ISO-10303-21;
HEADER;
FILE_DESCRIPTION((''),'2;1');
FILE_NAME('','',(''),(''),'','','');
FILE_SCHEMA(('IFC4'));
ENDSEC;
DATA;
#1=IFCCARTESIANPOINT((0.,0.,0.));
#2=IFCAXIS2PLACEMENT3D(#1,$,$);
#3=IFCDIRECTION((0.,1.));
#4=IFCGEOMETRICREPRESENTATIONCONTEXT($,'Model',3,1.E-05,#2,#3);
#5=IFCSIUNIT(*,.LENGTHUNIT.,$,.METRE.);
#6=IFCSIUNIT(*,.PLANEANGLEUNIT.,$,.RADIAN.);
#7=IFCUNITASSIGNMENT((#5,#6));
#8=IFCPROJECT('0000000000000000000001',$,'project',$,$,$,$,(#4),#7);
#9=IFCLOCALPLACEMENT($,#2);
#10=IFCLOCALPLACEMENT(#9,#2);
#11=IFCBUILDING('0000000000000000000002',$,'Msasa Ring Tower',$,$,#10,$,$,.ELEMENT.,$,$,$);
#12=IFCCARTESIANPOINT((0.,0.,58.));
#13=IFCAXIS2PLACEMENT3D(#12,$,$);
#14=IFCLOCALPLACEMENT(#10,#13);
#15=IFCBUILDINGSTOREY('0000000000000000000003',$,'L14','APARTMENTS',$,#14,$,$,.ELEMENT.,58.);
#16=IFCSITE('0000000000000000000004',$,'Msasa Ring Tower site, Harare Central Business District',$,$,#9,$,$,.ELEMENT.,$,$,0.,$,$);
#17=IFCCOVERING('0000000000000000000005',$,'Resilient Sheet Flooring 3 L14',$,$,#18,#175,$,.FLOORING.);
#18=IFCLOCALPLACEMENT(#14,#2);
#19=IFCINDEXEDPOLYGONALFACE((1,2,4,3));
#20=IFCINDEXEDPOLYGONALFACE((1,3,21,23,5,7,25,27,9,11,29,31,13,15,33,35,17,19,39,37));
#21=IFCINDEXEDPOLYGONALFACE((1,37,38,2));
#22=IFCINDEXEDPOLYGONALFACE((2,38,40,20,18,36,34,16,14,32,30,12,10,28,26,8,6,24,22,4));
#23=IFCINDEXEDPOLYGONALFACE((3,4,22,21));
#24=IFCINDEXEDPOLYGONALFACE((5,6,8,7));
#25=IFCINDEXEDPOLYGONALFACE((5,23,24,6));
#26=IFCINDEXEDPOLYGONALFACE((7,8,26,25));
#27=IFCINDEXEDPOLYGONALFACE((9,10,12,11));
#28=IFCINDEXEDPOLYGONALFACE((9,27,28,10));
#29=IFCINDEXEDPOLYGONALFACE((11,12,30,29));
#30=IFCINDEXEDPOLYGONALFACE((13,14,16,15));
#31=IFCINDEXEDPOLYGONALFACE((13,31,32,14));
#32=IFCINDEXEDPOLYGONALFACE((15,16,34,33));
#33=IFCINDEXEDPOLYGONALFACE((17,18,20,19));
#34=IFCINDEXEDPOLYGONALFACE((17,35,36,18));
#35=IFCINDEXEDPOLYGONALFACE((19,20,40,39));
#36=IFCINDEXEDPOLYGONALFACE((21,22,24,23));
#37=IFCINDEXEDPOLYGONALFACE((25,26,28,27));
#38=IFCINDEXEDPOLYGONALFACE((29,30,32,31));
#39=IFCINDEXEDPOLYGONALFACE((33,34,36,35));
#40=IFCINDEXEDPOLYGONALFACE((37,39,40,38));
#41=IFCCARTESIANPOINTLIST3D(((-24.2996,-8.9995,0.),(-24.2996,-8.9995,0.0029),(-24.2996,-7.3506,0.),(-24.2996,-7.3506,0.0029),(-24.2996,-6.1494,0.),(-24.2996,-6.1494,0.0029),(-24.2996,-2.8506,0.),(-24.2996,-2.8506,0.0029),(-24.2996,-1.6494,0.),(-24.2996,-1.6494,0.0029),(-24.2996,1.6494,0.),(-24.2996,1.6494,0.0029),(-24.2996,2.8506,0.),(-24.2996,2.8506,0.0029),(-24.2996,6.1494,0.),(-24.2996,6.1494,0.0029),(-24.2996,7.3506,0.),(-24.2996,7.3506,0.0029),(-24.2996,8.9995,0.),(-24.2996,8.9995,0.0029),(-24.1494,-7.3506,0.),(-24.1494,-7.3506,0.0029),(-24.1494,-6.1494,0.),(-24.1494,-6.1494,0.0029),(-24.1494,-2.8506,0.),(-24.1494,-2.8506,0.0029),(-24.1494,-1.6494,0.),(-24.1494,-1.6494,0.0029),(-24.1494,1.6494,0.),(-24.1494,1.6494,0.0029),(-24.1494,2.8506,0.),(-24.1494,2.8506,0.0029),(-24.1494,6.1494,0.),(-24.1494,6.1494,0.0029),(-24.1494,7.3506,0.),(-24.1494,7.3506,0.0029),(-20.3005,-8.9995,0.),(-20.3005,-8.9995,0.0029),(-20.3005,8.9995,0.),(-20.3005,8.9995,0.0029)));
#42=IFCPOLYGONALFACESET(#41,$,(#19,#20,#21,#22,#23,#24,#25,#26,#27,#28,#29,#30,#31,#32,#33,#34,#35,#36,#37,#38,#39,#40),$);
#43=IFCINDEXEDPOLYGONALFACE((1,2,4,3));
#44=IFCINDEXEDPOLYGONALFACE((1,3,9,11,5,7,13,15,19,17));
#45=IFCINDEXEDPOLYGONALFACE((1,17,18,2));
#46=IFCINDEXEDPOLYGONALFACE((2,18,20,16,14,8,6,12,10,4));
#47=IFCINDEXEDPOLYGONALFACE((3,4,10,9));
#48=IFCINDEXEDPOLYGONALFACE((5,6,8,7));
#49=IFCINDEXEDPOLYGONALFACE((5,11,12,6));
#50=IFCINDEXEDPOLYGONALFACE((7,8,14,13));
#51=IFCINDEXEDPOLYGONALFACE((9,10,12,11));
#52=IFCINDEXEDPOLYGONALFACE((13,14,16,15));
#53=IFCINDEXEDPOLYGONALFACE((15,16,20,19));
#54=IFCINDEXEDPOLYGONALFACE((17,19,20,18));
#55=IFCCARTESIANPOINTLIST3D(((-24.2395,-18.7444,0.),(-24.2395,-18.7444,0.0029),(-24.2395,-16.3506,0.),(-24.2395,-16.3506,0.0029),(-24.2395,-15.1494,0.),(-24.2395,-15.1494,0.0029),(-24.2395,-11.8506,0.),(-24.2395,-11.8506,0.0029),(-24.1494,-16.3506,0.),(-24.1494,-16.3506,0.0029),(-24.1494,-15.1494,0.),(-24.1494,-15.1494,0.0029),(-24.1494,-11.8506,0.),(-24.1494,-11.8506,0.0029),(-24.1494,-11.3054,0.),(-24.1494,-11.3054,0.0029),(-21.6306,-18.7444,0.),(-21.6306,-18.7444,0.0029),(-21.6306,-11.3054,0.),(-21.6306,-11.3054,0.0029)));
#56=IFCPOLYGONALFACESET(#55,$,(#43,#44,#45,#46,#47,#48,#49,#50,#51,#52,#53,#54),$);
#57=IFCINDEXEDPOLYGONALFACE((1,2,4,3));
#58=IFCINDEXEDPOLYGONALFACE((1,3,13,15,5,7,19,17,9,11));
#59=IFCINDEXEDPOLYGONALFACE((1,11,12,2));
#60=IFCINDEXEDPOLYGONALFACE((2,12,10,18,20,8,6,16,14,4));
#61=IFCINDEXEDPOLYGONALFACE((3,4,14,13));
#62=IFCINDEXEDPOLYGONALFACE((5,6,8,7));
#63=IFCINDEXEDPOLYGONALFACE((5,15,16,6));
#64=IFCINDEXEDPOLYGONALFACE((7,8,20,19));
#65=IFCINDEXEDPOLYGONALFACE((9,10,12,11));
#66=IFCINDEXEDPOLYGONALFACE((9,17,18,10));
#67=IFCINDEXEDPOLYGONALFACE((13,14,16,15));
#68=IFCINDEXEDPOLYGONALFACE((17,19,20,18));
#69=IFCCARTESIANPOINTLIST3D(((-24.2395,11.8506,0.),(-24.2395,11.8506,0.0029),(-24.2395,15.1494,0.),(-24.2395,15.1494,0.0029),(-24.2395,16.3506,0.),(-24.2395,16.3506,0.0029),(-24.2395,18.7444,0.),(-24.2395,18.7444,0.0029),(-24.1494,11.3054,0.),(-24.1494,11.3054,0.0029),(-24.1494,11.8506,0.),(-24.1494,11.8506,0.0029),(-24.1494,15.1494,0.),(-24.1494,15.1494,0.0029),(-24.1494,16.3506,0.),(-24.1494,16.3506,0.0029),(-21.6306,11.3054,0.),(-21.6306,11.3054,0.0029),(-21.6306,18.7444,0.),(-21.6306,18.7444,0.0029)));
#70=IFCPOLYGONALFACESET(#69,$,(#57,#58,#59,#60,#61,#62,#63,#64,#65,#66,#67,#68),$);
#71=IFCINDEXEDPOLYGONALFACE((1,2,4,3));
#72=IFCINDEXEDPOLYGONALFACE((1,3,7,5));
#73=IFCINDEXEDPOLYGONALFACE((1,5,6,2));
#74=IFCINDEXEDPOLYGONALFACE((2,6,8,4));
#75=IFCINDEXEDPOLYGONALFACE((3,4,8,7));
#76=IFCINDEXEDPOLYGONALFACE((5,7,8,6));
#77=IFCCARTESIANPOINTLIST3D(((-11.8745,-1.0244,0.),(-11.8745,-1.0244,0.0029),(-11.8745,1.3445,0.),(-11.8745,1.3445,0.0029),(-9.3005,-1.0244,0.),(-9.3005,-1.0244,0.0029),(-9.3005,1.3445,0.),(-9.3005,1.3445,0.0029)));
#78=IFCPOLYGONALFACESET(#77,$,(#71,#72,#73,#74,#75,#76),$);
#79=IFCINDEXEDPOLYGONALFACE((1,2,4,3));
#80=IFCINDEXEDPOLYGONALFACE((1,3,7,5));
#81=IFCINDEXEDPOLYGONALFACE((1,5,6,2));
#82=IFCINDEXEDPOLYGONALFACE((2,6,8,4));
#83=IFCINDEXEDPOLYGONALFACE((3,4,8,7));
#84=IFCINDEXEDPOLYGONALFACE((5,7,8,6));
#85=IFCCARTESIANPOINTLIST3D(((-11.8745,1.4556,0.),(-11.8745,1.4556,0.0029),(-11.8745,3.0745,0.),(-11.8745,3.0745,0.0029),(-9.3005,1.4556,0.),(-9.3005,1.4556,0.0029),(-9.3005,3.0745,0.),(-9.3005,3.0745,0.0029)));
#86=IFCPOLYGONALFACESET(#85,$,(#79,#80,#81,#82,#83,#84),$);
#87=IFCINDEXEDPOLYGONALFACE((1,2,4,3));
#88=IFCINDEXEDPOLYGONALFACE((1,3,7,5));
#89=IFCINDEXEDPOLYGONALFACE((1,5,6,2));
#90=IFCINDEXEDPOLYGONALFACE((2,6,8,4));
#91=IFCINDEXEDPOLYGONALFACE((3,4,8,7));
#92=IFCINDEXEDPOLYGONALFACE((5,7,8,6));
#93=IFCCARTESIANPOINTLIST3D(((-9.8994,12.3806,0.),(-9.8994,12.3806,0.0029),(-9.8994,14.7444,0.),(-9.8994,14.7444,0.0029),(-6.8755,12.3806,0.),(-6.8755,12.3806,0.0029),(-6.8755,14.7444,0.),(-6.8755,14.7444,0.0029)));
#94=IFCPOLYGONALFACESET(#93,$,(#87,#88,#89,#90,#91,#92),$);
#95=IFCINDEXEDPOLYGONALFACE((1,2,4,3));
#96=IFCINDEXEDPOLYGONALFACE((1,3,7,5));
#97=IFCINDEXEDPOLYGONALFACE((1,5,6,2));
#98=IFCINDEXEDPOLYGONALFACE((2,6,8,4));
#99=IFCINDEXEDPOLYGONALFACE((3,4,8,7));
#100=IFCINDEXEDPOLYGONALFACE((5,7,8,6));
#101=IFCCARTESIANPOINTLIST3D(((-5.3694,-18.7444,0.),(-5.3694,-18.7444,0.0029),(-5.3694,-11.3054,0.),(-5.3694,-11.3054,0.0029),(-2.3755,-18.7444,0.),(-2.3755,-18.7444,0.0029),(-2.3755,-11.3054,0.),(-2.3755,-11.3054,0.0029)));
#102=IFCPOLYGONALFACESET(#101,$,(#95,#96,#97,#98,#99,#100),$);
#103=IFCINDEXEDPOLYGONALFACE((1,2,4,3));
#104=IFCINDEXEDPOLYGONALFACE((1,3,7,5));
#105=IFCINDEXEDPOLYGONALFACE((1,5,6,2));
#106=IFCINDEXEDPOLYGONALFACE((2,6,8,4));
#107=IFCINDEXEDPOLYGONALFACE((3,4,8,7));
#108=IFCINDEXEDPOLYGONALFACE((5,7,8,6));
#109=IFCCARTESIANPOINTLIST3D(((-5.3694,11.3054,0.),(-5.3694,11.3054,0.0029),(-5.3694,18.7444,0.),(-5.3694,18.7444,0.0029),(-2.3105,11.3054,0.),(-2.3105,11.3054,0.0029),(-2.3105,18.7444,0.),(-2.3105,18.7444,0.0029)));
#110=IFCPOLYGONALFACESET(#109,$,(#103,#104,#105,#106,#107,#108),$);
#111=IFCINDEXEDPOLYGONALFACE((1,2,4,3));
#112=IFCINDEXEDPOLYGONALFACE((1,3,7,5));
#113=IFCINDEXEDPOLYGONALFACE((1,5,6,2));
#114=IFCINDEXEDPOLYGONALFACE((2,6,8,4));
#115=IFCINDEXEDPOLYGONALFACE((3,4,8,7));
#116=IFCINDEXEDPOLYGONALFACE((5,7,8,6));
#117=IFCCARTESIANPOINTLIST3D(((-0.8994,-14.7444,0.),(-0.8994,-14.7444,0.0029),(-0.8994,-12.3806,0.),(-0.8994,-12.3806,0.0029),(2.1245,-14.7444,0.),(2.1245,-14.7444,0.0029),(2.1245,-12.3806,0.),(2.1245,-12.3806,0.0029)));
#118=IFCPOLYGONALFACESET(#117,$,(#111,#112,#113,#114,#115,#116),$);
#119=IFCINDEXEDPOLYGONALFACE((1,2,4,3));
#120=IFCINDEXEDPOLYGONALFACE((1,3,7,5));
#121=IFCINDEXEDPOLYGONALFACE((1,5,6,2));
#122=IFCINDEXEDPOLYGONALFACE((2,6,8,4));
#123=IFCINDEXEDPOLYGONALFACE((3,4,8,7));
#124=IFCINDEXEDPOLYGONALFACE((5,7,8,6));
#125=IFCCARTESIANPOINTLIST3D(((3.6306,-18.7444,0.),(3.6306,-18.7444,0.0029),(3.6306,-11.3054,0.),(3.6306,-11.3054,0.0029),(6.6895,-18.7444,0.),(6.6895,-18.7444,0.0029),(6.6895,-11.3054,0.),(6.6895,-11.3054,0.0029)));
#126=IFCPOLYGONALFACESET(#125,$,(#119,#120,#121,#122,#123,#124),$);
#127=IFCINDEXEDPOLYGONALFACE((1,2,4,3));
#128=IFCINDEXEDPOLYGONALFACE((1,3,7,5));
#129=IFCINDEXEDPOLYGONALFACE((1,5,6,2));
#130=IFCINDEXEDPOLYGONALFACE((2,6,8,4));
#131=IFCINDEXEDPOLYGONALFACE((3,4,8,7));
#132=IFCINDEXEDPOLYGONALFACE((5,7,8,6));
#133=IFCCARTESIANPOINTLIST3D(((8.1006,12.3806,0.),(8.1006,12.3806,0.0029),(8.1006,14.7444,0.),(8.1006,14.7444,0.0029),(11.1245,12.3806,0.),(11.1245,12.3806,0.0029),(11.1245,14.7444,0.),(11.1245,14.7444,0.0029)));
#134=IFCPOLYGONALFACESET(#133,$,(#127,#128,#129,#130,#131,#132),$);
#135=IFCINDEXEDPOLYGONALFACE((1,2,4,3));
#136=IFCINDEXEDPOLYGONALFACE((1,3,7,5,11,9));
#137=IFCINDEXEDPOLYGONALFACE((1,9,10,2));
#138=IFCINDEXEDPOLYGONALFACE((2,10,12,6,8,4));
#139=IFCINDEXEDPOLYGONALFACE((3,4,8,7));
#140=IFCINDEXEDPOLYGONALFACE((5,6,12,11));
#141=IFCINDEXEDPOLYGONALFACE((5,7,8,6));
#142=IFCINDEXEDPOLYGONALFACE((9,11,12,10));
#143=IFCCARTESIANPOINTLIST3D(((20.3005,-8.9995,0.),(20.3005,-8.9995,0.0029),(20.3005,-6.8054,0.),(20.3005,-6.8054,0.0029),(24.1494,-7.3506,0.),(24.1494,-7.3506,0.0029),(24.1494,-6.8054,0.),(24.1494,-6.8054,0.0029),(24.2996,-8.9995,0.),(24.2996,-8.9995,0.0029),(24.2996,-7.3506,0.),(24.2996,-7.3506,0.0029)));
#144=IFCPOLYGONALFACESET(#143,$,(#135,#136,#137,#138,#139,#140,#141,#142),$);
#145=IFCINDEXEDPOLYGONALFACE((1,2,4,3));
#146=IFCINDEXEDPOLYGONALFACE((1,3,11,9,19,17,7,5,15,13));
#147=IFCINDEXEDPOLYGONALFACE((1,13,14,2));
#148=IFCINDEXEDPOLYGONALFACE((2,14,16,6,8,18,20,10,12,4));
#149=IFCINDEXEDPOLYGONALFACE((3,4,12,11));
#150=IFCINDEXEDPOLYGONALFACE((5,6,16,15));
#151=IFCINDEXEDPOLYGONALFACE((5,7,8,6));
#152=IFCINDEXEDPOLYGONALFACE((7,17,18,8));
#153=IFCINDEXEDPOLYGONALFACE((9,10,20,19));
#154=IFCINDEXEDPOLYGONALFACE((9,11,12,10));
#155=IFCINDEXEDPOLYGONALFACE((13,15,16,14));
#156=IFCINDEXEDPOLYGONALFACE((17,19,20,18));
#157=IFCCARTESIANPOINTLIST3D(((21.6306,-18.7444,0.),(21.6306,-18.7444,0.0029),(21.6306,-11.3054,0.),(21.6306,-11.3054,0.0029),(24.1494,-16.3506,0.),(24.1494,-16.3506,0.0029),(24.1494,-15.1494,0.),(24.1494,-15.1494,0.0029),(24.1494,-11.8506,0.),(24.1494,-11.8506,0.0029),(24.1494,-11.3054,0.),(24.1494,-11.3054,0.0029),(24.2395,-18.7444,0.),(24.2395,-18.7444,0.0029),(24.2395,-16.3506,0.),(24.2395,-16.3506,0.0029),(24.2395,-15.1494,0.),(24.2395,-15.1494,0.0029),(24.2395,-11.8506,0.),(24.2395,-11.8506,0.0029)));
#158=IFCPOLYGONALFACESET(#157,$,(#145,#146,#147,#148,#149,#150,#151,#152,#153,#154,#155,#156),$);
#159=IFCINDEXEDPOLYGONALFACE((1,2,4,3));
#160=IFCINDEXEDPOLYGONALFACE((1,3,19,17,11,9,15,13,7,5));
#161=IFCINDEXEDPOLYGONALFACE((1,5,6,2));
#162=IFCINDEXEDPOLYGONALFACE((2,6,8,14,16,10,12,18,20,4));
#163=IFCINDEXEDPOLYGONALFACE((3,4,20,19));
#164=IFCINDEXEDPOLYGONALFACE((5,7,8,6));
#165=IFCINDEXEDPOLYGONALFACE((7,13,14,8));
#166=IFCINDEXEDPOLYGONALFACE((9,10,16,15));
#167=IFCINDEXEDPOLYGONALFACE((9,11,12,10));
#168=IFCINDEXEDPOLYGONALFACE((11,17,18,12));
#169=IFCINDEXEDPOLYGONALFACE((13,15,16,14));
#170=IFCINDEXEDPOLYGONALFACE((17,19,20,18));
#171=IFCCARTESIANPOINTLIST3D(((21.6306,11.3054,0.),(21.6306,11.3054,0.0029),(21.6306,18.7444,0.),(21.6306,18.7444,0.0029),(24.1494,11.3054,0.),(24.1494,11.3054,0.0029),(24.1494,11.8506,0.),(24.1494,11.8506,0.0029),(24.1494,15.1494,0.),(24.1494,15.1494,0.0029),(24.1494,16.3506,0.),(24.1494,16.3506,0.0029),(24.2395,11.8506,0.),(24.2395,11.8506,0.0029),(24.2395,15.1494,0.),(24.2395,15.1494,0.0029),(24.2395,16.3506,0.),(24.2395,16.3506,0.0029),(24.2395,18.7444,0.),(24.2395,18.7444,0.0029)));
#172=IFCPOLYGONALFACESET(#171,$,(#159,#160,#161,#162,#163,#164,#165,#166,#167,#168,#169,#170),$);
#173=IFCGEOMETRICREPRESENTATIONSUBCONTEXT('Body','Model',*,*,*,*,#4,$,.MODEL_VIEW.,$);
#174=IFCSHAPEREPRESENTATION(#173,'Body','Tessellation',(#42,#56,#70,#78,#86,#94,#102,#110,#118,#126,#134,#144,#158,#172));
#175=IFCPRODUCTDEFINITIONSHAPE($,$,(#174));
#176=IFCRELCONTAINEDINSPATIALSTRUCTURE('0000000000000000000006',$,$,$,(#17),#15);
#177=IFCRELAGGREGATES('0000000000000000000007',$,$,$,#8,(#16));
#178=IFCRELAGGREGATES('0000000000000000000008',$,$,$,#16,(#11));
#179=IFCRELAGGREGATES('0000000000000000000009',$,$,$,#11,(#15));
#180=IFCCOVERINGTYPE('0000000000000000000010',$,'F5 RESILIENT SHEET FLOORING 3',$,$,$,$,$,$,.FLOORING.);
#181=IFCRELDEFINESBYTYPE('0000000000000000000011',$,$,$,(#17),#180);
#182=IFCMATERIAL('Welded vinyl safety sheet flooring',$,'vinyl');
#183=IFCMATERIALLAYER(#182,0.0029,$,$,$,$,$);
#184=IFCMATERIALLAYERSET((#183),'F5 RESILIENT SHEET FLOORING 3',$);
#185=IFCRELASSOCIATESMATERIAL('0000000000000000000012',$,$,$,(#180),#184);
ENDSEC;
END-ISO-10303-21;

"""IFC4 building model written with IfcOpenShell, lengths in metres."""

from ifc_helpers import new_model, si_unit, direction, frame, origin, place, context, subcontext, project, spatial, line, indexed_curve, outline, extrude, material, layer, layer_set, type_object, element, save


model = new_model("IFC4")

# Units and contexts
model_context = context("Model", 3, precision=1e-05, world=origin(), true_north=direction((0.0, 1.0)))
body_context = subcontext(model_context, "Body", "Model", "MODEL_VIEW")
ifc_project = project(units=[si_unit("LENGTHUNIT", "METRE"), si_unit("PLANEANGLEUNIT", "RADIAN")], contexts=[model_context])

# Site, building, storey
site_placement = place(None, origin())
site = spatial("IfcSite", under=ifc_project, at=site_placement, Name="Msasa Ring Tower site, Harare Central Business District", CompositionType="ELEMENT", RefElevation=0.0)
building_placement = place(site_placement, origin())
building = spatial("IfcBuilding", under=site, at=building_placement, Name="Msasa Ring Tower", CompositionType="ELEMENT")
storey_placement = place(building_placement, frame((0.0, 0.0, 58.0)))
storey = spatial("IfcBuildingStorey", under=building, at=storey_placement, Name="L14", Description="APARTMENTS", CompositionType="ELEMENT", Elevation=58.0)

# Covering
ifc_material_1 = material(Name="Welded vinyl safety sheet flooring", Category="vinyl")
ifc_layer_1 = layer(ifc_material_1, 0.0029)
ifc_layer_set_1 = layer_set([ifc_layer_1], Name="F5 RESILIENT SHEET FLOORING 3")
covering_type_1 = type_object("IfcCoveringType", Name="F5 RESILIENT SHEET FLOORING 3", PredefinedType="FLOORING", material=ifc_layer_set_1)
covering_1_placement = place(storey_placement, origin())
element("IfcCovering", 1, at=covering_1_placement, inside=storey, type_object=covering_type_1, Name="Resilient Sheet Flooring 3 L14", PredefinedType="FLOORING", context=body_context, shape_type="SweptSolid", body=[
    extrude(outline(indexed_curve([(-24.2996, -8.9995), (-24.2996, -7.3506), (-24.1494, -7.3506), (-24.1494, -6.1494), (-24.2996, -6.1494), (-24.2996, -2.8506), (-24.1494, -2.8506), (-24.1494, -1.6494), (-24.2996, -1.6494), (-24.2996, 1.6494), (-24.1494, 1.6494), (-24.1494, 2.8506), (-24.2996, 2.8506), (-24.2996, 6.1494), (-24.1494, 6.1494), (-24.1494, 7.3506), (-24.2996, 7.3506), (-24.2996, 8.9995), (-20.3005, 8.9995), (-20.3005, -8.9995)], segments=[line(1, 2, 3, 4, 5, 6, 7, 8, 9, 10, 11, 12, 13, 14, 15, 16, 17, 18, 19, 20, 1)], self_intersect=False)), origin(), (0.0, 0.0, 1.0), 0.0029),
    extrude(outline(indexed_curve([(-24.2395, -16.3506), (-24.1494, -16.3506), (-24.1494, -15.1494), (-24.2395, -15.1494), (-24.2395, -11.8506), (-24.1494, -11.8506), (-24.1494, -11.3054), (-21.6306, -11.3054), (-21.6306, -18.7444), (-24.2395, -18.7444)], segments=[line(1, 2, 3, 4, 5, 6, 7, 8, 9, 10, 1)], self_intersect=False)), origin(), (0.0, 0.0, 1.0), 0.0029),
    extrude(outline(indexed_curve([(-21.6306, 18.7444), (-21.6306, 11.3054), (-24.1494, 11.3054), (-24.1494, 11.8506), (-24.2395, 11.8506), (-24.2395, 15.1494), (-24.1494, 15.1494), (-24.1494, 16.3506), (-24.2395, 16.3506), (-24.2395, 18.7444)], segments=[line(1, 2, 3, 4, 5, 6, 7, 8, 9, 10, 1)], self_intersect=False)), origin(), (0.0, 0.0, 1.0), 0.0029),
    extrude(outline(indexed_curve([(-9.3005, 1.3445), (-9.3005, -1.0244), (-11.8745, -1.0244), (-11.8745, 1.3445)], segments=[line(1, 2, 3, 4, 1)], self_intersect=False)), origin(), (0.0, 0.0, 1.0), 0.0029),
    extrude(outline(indexed_curve([(-9.3005, 3.0745), (-9.3005, 1.4556), (-11.8745, 1.4556), (-11.8745, 3.0745)], segments=[line(1, 2, 3, 4, 1)], self_intersect=False)), origin(), (0.0, 0.0, 1.0), 0.0029),
    extrude(outline(indexed_curve([(-6.8755, 14.7444), (-6.8755, 12.3806), (-9.8994, 12.3806), (-9.8994, 14.7444)], segments=[line(1, 2, 3, 4, 1)], self_intersect=False)), origin(), (0.0, 0.0, 1.0), 0.0029),
    extrude(outline(indexed_curve([(-5.3694, -11.3054), (-2.3755, -11.3054), (-2.3755, -18.7444), (-5.3694, -18.7444)], segments=[line(1, 2, 3, 4, 1)], self_intersect=False)), origin(), (0.0, 0.0, 1.0), 0.0029),
    extrude(outline(indexed_curve([(-2.3105, 18.7444), (-2.3105, 11.3054), (-5.3694, 11.3054), (-5.3694, 18.7444)], segments=[line(1, 2, 3, 4, 1)], self_intersect=False)), origin(), (0.0, 0.0, 1.0), 0.0029),
    extrude(outline(indexed_curve([(2.1245, -12.3806), (2.1245, -14.7444), (-0.8994, -14.7444), (-0.8994, -12.3806)], segments=[line(1, 2, 3, 4, 1)], self_intersect=False)), origin(), (0.0, 0.0, 1.0), 0.0029),
    extrude(outline(indexed_curve([(6.6895, -11.3054), (6.6895, -18.7444), (3.6306, -18.7444), (3.6306, -11.3054)], segments=[line(1, 2, 3, 4, 1)], self_intersect=False)), origin(), (0.0, 0.0, 1.0), 0.0029),
    extrude(outline(indexed_curve([(11.1245, 14.7444), (11.1245, 12.3806), (8.1006, 12.3806), (8.1006, 14.7444)], segments=[line(1, 2, 3, 4, 1)], self_intersect=False)), origin(), (0.0, 0.0, 1.0), 0.0029),
    extrude(outline(indexed_curve([(20.3005, -6.8054), (24.1494, -6.8054), (24.1494, -7.3506), (24.2996, -7.3506), (24.2996, -8.9995), (20.3005, -8.9995)], segments=[line(1, 2, 3, 4, 5, 6, 1)], self_intersect=False)), origin(), (0.0, 0.0, 1.0), 0.0029),
    extrude(outline(indexed_curve([(24.1494, -11.3054), (24.1494, -11.8506), (24.2395, -11.8506), (24.2395, -15.1494), (24.1494, -15.1494), (24.1494, -16.3506), (24.2395, -16.3506), (24.2395, -18.7444), (21.6306, -18.7444), (21.6306, -11.3054)], segments=[line(1, 2, 3, 4, 5, 6, 7, 8, 9, 10, 1)], self_intersect=False)), origin(), (0.0, 0.0, 1.0), 0.0029),
    extrude(outline(indexed_curve([(24.2395, 18.7444), (24.2395, 16.3506), (24.1494, 16.3506), (24.1494, 15.1494), (24.2395, 15.1494), (24.2395, 11.8506), (24.1494, 11.8506), (24.1494, 11.3054), (21.6306, 11.3054), (21.6306, 18.7444)], segments=[line(1, 2, 3, 4, 5, 6, 7, 8, 9, 10, 1)], self_intersect=False)), origin(), (0.0, 0.0, 1.0), 0.0029),
])

save(model, "model.ifc")
